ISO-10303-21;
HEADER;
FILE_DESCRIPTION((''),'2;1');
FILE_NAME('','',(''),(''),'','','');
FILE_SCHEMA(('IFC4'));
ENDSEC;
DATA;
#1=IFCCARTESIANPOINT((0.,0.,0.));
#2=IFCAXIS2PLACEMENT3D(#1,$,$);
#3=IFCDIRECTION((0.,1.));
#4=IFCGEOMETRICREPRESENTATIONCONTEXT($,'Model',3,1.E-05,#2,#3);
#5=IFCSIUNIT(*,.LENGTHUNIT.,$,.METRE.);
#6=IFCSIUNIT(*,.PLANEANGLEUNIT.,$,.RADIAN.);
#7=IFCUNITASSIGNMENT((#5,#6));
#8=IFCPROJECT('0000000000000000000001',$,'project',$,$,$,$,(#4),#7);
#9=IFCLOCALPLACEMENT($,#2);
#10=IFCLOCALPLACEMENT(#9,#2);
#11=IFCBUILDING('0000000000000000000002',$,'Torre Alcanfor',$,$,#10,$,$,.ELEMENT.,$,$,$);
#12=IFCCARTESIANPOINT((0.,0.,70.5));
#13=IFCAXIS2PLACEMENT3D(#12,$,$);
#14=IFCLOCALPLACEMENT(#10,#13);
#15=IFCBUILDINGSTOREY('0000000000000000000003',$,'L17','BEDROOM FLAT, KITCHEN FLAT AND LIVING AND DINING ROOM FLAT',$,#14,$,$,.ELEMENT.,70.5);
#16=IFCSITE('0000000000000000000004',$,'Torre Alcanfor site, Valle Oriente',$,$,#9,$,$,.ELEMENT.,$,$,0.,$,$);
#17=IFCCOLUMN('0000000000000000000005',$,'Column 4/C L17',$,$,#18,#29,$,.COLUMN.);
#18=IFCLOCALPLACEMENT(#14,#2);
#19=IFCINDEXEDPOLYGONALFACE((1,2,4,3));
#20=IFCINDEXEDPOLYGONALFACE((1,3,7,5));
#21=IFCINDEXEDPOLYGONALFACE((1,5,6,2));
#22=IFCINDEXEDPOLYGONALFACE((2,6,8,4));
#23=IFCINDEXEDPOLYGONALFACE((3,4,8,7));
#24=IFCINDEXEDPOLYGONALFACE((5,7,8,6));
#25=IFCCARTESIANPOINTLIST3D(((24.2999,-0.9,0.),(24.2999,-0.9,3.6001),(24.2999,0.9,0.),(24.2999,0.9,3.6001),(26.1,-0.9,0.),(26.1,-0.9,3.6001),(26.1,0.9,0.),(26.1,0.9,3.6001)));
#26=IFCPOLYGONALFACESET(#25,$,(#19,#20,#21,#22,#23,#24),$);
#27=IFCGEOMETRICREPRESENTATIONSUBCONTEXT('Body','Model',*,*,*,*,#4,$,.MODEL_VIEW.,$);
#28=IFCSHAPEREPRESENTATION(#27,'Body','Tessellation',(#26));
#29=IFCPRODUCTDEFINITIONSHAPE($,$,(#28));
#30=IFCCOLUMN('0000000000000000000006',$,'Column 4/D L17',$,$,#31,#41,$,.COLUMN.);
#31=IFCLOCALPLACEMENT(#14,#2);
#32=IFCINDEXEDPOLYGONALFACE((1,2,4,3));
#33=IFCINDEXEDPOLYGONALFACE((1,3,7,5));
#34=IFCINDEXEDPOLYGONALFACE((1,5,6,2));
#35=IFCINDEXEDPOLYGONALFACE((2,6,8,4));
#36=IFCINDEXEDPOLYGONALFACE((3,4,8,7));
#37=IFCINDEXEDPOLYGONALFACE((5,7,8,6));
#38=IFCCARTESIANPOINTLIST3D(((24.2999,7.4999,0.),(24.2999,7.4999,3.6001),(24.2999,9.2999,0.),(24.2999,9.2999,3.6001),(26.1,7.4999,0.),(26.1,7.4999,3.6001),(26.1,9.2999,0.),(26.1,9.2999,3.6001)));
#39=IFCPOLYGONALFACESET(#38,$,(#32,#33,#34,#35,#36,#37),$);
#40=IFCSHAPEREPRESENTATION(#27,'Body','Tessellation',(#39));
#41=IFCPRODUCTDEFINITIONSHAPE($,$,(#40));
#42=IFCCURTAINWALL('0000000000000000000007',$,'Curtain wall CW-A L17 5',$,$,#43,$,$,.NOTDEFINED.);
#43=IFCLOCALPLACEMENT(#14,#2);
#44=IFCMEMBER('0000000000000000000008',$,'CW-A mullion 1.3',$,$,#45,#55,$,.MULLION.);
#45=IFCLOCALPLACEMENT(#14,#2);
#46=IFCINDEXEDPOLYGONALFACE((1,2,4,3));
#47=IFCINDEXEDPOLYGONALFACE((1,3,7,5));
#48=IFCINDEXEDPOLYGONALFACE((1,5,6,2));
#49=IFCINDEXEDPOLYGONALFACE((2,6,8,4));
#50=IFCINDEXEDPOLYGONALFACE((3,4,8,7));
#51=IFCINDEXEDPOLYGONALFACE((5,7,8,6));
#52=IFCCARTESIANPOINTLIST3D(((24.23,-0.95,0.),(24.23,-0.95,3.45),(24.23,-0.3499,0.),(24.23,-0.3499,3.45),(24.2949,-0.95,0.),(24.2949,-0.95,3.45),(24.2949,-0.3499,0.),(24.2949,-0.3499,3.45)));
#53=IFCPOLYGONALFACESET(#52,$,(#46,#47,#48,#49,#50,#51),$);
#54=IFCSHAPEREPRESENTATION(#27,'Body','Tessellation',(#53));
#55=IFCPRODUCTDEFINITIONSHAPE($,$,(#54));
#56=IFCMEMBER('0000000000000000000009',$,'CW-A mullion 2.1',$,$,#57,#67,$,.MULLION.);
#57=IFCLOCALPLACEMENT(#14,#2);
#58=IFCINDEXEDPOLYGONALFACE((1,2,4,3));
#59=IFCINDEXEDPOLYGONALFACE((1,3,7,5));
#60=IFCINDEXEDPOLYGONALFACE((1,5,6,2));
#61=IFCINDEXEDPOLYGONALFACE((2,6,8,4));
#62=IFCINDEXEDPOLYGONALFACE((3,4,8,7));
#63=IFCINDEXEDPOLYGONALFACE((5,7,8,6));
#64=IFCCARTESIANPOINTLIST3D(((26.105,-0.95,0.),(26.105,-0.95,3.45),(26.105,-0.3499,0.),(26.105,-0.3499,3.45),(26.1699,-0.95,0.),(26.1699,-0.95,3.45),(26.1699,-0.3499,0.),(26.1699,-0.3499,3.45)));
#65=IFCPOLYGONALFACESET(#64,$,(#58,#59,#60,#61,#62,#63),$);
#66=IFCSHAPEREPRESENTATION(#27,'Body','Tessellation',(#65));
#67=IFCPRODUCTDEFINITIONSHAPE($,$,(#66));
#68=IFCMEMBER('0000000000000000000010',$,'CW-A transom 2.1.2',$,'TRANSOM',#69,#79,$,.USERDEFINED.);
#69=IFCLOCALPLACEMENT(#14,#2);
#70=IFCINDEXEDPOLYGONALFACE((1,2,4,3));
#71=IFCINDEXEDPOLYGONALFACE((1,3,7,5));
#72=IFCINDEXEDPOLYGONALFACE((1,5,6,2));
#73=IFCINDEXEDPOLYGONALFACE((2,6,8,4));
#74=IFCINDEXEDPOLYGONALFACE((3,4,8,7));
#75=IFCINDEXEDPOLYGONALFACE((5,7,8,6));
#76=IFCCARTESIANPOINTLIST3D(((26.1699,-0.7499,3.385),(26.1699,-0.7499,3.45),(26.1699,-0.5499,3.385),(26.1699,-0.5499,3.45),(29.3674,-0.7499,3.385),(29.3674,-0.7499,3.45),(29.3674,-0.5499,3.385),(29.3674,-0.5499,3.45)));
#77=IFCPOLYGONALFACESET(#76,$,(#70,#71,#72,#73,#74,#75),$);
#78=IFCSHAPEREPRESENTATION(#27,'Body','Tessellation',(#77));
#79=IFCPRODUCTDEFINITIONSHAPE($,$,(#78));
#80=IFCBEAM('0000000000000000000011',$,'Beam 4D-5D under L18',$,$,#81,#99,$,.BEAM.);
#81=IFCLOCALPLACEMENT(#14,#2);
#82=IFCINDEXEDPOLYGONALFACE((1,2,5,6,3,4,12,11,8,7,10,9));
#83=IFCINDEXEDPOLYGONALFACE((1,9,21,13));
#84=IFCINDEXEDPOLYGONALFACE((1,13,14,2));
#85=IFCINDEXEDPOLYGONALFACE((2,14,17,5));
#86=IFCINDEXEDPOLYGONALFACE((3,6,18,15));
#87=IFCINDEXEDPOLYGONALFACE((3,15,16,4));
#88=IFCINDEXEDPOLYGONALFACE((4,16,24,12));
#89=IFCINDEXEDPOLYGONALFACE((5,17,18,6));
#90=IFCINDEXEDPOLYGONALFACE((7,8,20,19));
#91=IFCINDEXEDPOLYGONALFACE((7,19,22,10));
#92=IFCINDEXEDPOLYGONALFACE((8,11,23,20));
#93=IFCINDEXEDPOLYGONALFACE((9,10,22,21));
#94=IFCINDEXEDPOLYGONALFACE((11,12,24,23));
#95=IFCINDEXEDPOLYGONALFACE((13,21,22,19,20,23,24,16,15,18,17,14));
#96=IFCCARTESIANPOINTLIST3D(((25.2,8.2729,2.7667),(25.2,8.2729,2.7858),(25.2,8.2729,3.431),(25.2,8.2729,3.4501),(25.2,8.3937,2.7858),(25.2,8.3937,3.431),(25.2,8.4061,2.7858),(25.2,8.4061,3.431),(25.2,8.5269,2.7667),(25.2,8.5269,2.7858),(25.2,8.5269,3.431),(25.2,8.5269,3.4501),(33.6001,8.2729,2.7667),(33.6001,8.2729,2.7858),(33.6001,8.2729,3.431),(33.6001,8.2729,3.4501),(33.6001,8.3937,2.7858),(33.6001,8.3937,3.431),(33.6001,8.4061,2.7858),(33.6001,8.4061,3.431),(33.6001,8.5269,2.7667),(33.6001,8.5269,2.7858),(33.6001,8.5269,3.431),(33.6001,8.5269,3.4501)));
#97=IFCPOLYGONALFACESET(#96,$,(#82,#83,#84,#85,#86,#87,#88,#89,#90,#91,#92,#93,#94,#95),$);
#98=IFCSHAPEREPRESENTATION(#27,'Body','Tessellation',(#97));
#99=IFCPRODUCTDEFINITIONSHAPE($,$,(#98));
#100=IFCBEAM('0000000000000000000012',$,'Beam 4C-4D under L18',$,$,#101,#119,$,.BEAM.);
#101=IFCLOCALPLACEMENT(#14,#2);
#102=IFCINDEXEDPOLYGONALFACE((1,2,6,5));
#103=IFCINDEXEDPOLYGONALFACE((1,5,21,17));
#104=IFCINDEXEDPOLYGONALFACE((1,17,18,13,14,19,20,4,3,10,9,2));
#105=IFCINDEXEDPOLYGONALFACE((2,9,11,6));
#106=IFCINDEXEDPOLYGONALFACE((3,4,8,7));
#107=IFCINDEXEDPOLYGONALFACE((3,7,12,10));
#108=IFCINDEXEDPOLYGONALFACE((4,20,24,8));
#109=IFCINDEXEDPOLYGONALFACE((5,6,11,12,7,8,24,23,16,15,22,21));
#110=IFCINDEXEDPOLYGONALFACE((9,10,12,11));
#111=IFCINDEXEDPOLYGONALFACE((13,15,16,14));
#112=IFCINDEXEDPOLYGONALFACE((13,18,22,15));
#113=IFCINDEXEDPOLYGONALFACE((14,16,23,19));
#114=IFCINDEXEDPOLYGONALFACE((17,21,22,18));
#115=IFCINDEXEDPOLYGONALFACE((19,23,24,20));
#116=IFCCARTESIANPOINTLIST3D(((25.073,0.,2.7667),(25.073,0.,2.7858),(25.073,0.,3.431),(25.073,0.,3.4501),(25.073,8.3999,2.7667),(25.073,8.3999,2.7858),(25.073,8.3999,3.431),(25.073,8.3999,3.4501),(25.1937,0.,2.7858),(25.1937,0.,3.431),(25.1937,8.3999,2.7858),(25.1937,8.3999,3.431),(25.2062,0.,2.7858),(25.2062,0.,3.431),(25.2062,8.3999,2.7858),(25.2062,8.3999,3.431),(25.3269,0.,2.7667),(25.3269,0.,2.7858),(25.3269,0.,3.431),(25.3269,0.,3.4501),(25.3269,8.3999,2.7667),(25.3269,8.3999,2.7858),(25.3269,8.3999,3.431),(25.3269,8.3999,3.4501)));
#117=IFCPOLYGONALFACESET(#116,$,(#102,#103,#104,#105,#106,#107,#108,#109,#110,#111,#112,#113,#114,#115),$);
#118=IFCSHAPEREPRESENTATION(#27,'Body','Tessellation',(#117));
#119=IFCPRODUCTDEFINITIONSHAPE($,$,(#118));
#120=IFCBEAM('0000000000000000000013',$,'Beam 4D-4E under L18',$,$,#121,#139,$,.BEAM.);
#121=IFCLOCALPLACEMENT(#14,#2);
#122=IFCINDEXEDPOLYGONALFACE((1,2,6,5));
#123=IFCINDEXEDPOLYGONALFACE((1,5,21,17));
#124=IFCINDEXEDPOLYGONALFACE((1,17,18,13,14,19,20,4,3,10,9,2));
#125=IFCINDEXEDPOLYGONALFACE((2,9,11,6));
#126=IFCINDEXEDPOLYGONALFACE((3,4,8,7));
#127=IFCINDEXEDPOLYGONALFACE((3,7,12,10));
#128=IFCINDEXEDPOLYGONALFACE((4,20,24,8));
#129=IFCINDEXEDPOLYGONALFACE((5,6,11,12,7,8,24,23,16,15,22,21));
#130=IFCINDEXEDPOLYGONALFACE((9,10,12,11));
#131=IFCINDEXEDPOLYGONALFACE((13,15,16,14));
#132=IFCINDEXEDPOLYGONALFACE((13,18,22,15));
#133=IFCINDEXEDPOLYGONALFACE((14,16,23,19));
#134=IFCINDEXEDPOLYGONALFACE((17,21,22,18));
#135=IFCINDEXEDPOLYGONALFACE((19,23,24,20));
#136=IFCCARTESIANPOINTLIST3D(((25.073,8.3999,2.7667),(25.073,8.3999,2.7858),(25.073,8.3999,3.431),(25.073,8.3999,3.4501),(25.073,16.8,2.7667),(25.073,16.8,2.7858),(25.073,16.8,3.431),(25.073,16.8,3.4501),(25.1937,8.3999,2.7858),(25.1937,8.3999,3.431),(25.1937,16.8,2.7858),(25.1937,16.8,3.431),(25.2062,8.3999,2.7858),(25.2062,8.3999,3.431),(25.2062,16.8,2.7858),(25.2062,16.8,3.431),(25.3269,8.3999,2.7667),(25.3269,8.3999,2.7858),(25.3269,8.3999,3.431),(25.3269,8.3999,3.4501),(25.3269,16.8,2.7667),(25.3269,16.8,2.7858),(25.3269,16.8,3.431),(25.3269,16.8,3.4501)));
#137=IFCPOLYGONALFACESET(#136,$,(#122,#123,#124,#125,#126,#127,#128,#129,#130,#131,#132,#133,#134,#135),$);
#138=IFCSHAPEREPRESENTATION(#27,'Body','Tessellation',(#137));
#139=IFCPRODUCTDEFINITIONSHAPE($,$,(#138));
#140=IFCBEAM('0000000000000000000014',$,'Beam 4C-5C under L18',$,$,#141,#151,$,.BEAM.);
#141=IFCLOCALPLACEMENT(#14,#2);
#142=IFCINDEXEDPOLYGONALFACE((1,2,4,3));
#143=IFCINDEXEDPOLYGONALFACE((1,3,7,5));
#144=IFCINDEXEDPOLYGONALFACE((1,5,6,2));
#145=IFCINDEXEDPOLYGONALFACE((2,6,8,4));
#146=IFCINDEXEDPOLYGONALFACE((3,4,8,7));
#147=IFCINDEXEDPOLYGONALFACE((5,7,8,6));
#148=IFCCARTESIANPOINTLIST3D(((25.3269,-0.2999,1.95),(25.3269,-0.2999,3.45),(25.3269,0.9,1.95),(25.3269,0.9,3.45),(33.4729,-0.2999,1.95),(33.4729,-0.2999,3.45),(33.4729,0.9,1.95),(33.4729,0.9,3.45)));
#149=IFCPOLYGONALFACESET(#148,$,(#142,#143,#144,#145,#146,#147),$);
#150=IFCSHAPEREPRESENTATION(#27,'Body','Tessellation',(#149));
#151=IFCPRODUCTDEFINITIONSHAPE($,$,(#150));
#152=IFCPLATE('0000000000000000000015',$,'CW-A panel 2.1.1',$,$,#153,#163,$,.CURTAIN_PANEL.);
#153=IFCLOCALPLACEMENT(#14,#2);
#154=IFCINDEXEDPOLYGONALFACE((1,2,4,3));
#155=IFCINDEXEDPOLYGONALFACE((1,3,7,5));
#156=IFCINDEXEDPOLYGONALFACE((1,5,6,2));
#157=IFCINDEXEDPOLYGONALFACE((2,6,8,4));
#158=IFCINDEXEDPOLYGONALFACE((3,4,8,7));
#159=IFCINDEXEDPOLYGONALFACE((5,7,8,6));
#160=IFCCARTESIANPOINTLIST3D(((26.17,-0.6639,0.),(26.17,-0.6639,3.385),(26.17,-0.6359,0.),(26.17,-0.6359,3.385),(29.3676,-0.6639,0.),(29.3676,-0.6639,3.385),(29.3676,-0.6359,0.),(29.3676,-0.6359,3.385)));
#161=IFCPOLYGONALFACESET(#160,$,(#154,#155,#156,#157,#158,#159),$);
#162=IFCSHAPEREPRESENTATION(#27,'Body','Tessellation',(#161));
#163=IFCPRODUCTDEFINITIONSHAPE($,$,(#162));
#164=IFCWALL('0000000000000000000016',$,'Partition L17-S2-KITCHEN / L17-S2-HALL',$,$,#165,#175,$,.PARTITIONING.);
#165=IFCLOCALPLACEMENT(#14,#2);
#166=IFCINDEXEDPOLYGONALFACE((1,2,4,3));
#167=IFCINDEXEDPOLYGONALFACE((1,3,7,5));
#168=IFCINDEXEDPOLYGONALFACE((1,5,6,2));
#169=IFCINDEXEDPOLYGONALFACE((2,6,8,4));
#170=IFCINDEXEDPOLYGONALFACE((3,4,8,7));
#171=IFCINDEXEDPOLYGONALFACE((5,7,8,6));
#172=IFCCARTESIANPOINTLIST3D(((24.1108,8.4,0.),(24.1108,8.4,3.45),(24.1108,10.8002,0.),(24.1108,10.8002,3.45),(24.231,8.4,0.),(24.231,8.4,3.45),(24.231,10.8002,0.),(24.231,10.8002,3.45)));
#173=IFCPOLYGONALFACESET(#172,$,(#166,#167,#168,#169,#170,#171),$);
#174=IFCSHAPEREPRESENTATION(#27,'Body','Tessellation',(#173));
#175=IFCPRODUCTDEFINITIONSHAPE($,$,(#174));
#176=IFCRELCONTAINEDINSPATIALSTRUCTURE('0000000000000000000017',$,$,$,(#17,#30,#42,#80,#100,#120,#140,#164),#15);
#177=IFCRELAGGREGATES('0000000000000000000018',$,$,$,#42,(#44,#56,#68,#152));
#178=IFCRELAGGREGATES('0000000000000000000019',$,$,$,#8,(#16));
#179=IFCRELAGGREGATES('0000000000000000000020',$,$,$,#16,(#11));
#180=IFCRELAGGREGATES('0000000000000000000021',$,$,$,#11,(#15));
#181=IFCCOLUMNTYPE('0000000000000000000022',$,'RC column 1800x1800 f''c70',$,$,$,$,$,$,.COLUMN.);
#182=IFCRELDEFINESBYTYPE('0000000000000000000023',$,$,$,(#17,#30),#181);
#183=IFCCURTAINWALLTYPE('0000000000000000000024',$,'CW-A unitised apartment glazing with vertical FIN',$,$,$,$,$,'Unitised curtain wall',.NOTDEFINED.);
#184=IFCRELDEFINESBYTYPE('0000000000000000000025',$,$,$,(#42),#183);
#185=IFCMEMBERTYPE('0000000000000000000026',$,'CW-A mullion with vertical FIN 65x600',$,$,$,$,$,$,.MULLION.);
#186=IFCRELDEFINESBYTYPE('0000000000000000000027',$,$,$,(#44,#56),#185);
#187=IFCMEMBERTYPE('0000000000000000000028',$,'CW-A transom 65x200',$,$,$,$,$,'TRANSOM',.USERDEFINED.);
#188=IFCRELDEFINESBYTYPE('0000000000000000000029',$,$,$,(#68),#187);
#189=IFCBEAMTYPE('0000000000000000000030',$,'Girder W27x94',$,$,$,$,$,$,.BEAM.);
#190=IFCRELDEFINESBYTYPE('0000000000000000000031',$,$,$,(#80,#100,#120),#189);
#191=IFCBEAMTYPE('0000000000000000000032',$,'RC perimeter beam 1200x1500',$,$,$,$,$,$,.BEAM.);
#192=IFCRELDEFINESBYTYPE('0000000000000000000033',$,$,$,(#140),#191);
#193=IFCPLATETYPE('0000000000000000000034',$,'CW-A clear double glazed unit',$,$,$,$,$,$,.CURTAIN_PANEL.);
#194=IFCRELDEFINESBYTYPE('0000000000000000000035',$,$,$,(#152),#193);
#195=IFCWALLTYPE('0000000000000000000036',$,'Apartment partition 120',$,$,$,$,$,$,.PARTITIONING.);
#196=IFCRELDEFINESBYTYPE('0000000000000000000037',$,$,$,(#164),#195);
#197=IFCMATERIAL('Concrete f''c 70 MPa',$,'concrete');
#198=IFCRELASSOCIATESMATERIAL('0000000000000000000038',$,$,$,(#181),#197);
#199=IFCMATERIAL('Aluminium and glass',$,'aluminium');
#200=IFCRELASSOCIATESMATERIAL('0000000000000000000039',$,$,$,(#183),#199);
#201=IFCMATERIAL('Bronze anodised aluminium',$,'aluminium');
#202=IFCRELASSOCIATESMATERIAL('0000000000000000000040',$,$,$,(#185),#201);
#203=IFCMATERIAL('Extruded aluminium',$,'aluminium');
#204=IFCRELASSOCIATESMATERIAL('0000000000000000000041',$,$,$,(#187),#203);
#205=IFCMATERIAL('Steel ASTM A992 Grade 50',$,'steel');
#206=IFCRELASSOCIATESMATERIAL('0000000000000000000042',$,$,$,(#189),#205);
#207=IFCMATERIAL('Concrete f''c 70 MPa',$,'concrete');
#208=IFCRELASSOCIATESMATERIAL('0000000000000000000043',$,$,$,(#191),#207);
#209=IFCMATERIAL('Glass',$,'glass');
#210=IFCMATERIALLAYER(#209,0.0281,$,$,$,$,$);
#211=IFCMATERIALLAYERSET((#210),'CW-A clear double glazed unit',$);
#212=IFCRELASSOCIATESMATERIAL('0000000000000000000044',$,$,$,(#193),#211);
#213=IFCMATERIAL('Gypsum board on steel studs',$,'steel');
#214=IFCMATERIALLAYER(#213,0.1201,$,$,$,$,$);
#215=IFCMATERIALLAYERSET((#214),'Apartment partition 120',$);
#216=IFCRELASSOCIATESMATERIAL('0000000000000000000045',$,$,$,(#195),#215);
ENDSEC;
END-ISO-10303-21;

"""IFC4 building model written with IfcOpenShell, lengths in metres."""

from ifc_helpers import new_model, si_unit, direction, frame, frame_2d, origin, origin_2d, place, context, subcontext, project, spatial, rectangle, i_section, extrude, material, layer, layer_set, material_profile, profile_set, type_object, element, aggregate, save


model = new_model("IFC4")

# Units and contexts
model_context = context("Model", 3, precision=1e-05, world=origin(), true_north=direction((0.0, 1.0)))
body_context = subcontext(model_context, "Body", "Model", "MODEL_VIEW")
ifc_project = project(units=[si_unit("LENGTHUNIT", "METRE"), si_unit("PLANEANGLEUNIT", "RADIAN")], contexts=[model_context])

# Site, building, storey
site_placement = place(None, origin())
site = spatial("IfcSite", under=ifc_project, at=site_placement, Name="Torre Alcanfor site, Valle Oriente", CompositionType="ELEMENT", RefElevation=0.0)
building_placement = place(site_placement, origin())
building = spatial("IfcBuilding", under=site, at=building_placement, Name="Torre Alcanfor", CompositionType="ELEMENT")
storey_placement = place(building_placement, frame((0.0, 0.0, 70.5)))
storey = spatial("IfcBuildingStorey", under=building, at=storey_placement, Name="L17", Description="BEDROOM FLAT, KITCHEN FLAT AND LIVING AND DINING ROOM FLAT", CompositionType="ELEMENT", Elevation=70.5)

# Columns
ifc_material_1 = material(Name="Concrete f'c 70 MPa", Category="concrete")
ifc_material_profile_1 = material_profile(ifc_material_1, rectangle(XDim=1.8, YDim=1.8, at=origin_2d()), Name="1800x1800")
ifc_profile_set_1 = profile_set([ifc_material_profile_1], Name="Concrete f'c 70 MPa")
column_type = type_object("IfcColumnType", Name="RC column 1800x1800 f'c70", PredefinedType="COLUMN", material=ifc_profile_set_1)
for number, where, z_axis, x_axis, name in (
    (1, (25.2, 0.0, 0.0), (0.0, 0.0, 1.0), (1.0, 0.0, 0.0), "Column 4/C L17"),
    (2, (25.2, 8.3999, 0.0), (0.0, 0.0, 1.0), (1.0, 0.0, 0.0), "Column 4/D L17"),
):
    element("IfcColumn", number, at=place(storey_placement, frame(where, z_axis=z_axis, x_axis=x_axis)), inside=storey, type_object=column_type, Name=name, PredefinedType="COLUMN", context=body_context, shape_type="SweptSolid", body=[
        extrude(rectangle(XDim=1.8, YDim=1.8, at=origin_2d()), origin(), (0.0, 0.0, 1.0), 3.6001),
    ])

# Curtain wall, members
ifc_material_2 = material(Name="Aluminium and glass", Category="aluminium")
curtain_wall_type = type_object("IfcCurtainWallType", Name="CW-A unitised apartment glazing with vertical FIN", ElementType="Unitised curtain wall", PredefinedType="NOTDEFINED", material=ifc_material_2)
curtain_wall_placement = place(storey_placement, origin())
curtain_wall = element("IfcCurtainWall", 3, at=curtain_wall_placement, inside=storey, type_object=curtain_wall_type, Name="Curtain wall CW-A L17 5", PredefinedType="NOTDEFINED")
ifc_material_3 = material(Name="Bronze anodised aluminium", Category="aluminium")
ifc_material_profile_2 = material_profile(ifc_material_3, rectangle(XDim=0.6001, YDim=0.0649, at=origin_2d()), Name="CW-A mullion 65x600")
ifc_profile_set_2 = profile_set([ifc_material_profile_2], Name="Bronze anodised aluminium")
member_type_1 = type_object("IfcMemberType", Name="CW-A mullion with vertical FIN 65x600", PredefinedType="MULLION", material=ifc_profile_set_2)
member_1_placement = place(storey_placement, frame((24.2625, -0.6499, 0.0), z_axis=(0.0, 0.0, 1.0), x_axis=(0.0, 1.0, 0.0)))
member_1 = element("IfcMember", 4, at=member_1_placement, type_object=member_type_1, Name="CW-A mullion 1.3", PredefinedType="MULLION", context=body_context, shape_type="SweptSolid", body=[
    extrude(rectangle(XDim=0.6001, YDim=0.0649, at=origin_2d()), origin(), (0.0, 0.0, 1.0), 3.45),
])
member_2_placement = place(storey_placement, frame((26.1375, -0.6499, 0.0), z_axis=(0.0, 0.0, 1.0), x_axis=(0.0, 1.0, 0.0)))
member_2 = element("IfcMember", 5, at=member_2_placement, type_object=member_type_1, Name="CW-A mullion 2.1", PredefinedType="MULLION", context=body_context, shape_type="SweptSolid", body=[
    extrude(rectangle(XDim=0.6001, YDim=0.0649, at=origin_2d()), origin(), (0.0, 0.0, 1.0), 3.45),
])
ifc_material_4 = material(Name="Extruded aluminium", Category="aluminium")
ifc_material_profile_3 = material_profile(ifc_material_4, rectangle(XDim=0.2, YDim=0.0649, at=origin_2d()), Name="CW-A transom 200x65")
ifc_profile_set_3 = profile_set([ifc_material_profile_3], Name="Extruded aluminium")
member_type_2 = type_object("IfcMemberType", Name="CW-A transom 65x200", ElementType="TRANSOM", PredefinedType="USERDEFINED", material=ifc_profile_set_3)
member_3_placement = place(storey_placement, frame((26.1699, -0.6499, 3.4175), z_axis=(1.0, 0.0, 0.0), x_axis=(0.0, 1.0, 0.0)))
member_3 = element("IfcMember", 6, at=member_3_placement, type_object=member_type_2, Name="CW-A transom 2.1.2", ObjectType="TRANSOM", PredefinedType="USERDEFINED", context=body_context, shape_type="SweptSolid", body=[
    extrude(rectangle(XDim=0.2, YDim=0.0649, at=origin_2d()), origin(), (0.0, 0.0, 1.0), 3.1975),
])

# Beams
ifc_material_5 = material(Name="Steel ASTM A992 Grade 50", Category="steel")
ifc_material_profile_4 = material_profile(ifc_material_5, i_section(OverallWidth=0.2539, OverallDepth=0.6833, WebThickness=0.0125, FlangeThickness=0.019, at=origin_2d()), Name="W27x94")
ifc_profile_set_4 = profile_set([ifc_material_profile_4], Name="Steel ASTM A992 Grade 50")
beam_type_1 = type_object("IfcBeamType", Name="Girder W27x94", PredefinedType="BEAM", material=ifc_profile_set_4)
beam_1_placement = place(storey_placement, frame((25.2, 8.3999, 3.1084), z_axis=(1.0, 0.0, 0.0), x_axis=(0.0, 1.0, 0.0)))
element("IfcBeam", 7, at=beam_1_placement, inside=storey, type_object=beam_type_1, Name="Beam 4D-5D under L18", PredefinedType="BEAM", context=body_context, shape_type="SweptSolid", body=[
    extrude(i_section(OverallWidth=0.2539, OverallDepth=0.6833, WebThickness=0.0125, FlangeThickness=0.019, at=origin_2d()), origin(), (0.0, 0.0, 1.0), 8.4001),
])
beam_2_placement = place(storey_placement, frame((25.2, 0.0, 3.1084), z_axis=(0.0, 1.0, 0.0), x_axis=(-1.0, 0.0, 0.0)))
element("IfcBeam", 8, at=beam_2_placement, inside=storey, type_object=beam_type_1, Name="Beam 4C-4D under L18", PredefinedType="BEAM", context=body_context, shape_type="SweptSolid", body=[
    extrude(i_section(OverallWidth=0.2539, OverallDepth=0.6833, WebThickness=0.0125, FlangeThickness=0.019, at=origin_2d()), origin(), (0.0, 0.0, 1.0), 8.3999),
])
beam_3_placement = place(storey_placement, frame((25.2, 8.3999, 3.1084), z_axis=(0.0, 1.0, 0.0), x_axis=(-1.0, 0.0, 0.0)))
element("IfcBeam", 9, at=beam_3_placement, inside=storey, type_object=beam_type_1, Name="Beam 4D-4E under L18", PredefinedType="BEAM", context=body_context, shape_type="SweptSolid", body=[
    extrude(i_section(OverallWidth=0.2539, OverallDepth=0.6833, WebThickness=0.0125, FlangeThickness=0.019, at=origin_2d()), origin(), (0.0, 0.0, 1.0), 8.4001),
])
ifc_material_6 = material(Name="Concrete f'c 70 MPa", Category="concrete")
ifc_material_profile_5 = material_profile(ifc_material_6, rectangle(XDim=1.2, YDim=1.5, at=origin_2d()), Name="1200x1500")
ifc_profile_set_5 = profile_set([ifc_material_profile_5], Name="Concrete f'c 70 MPa")
beam_type_2 = type_object("IfcBeamType", Name="RC perimeter beam 1200x1500", PredefinedType="BEAM", material=ifc_profile_set_5)
beam_4_placement = place(storey_placement, frame((25.3269, 0.3, 2.7), z_axis=(1.0, 0.0, 0.0), x_axis=(0.0, 1.0, 0.0)))
element("IfcBeam", 10, at=beam_4_placement, inside=storey, type_object=beam_type_2, Name="Beam 4C-5C under L18", PredefinedType="BEAM", context=body_context, shape_type="SweptSolid", body=[
    extrude(rectangle(XDim=1.2, YDim=1.5, at=origin_2d()), origin(), (0.0, 0.0, 1.0), 8.146),
])

# Plate
ifc_material_7 = material(Name="Glass", Category="glass")
ifc_layer_1 = layer(ifc_material_7, 0.0281)
ifc_layer_set_1 = layer_set([ifc_layer_1], Name="CW-A clear double glazed unit")
plate_type = type_object("IfcPlateType", Name="CW-A clear double glazed unit", PredefinedType="CURTAIN_PANEL", material=ifc_layer_set_1)
plate_placement = place(storey_placement, frame((27.7688, -0.6499, 0.0), z_axis=(0.0, 0.0, 1.0), x_axis=(1.0, 0.0, 0.0)))
plate = element("IfcPlate", 11, at=plate_placement, type_object=plate_type, Name="CW-A panel 2.1.1", PredefinedType="CURTAIN_PANEL", context=body_context, shape_type="SweptSolid", body=[
    extrude(rectangle(XDim=3.1975, YDim=0.0281, at=origin_2d()), origin(), (0.0, 0.0, 1.0), 3.385),
])
aggregate(curtain_wall, [member_1, member_2, member_3, plate])

# Wall
ifc_material_8 = material(Name="Gypsum board on steel studs", Category="steel")
ifc_layer_2 = layer(ifc_material_8, 0.1201)
ifc_layer_set_2 = layer_set([ifc_layer_2], Name="Apartment partition 120")
wall_type = type_object("IfcWallType", Name="Apartment partition 120", PredefinedType="PARTITIONING", material=ifc_layer_set_2)
wall_1_placement = place(storey_placement, frame((24.1709, 8.3999, 0.0), z_axis=(0.0, 0.0, 1.0), x_axis=(0.0, 1.0, 0.0)))
element("IfcWall", 12, at=wall_1_placement, inside=storey, type_object=wall_type, Name="Partition L17-S2-KITCHEN / L17-S2-HALL", PredefinedType="PARTITIONING", context=body_context, shape_type="SweptSolid", body=[
    extrude(rectangle(XDim=2.4001, YDim=0.1201, at=frame_2d((1.2002, 0.0))), origin(), (0.0, 0.0, 1.0), 3.45),
])

save(model, "model.ifc")
